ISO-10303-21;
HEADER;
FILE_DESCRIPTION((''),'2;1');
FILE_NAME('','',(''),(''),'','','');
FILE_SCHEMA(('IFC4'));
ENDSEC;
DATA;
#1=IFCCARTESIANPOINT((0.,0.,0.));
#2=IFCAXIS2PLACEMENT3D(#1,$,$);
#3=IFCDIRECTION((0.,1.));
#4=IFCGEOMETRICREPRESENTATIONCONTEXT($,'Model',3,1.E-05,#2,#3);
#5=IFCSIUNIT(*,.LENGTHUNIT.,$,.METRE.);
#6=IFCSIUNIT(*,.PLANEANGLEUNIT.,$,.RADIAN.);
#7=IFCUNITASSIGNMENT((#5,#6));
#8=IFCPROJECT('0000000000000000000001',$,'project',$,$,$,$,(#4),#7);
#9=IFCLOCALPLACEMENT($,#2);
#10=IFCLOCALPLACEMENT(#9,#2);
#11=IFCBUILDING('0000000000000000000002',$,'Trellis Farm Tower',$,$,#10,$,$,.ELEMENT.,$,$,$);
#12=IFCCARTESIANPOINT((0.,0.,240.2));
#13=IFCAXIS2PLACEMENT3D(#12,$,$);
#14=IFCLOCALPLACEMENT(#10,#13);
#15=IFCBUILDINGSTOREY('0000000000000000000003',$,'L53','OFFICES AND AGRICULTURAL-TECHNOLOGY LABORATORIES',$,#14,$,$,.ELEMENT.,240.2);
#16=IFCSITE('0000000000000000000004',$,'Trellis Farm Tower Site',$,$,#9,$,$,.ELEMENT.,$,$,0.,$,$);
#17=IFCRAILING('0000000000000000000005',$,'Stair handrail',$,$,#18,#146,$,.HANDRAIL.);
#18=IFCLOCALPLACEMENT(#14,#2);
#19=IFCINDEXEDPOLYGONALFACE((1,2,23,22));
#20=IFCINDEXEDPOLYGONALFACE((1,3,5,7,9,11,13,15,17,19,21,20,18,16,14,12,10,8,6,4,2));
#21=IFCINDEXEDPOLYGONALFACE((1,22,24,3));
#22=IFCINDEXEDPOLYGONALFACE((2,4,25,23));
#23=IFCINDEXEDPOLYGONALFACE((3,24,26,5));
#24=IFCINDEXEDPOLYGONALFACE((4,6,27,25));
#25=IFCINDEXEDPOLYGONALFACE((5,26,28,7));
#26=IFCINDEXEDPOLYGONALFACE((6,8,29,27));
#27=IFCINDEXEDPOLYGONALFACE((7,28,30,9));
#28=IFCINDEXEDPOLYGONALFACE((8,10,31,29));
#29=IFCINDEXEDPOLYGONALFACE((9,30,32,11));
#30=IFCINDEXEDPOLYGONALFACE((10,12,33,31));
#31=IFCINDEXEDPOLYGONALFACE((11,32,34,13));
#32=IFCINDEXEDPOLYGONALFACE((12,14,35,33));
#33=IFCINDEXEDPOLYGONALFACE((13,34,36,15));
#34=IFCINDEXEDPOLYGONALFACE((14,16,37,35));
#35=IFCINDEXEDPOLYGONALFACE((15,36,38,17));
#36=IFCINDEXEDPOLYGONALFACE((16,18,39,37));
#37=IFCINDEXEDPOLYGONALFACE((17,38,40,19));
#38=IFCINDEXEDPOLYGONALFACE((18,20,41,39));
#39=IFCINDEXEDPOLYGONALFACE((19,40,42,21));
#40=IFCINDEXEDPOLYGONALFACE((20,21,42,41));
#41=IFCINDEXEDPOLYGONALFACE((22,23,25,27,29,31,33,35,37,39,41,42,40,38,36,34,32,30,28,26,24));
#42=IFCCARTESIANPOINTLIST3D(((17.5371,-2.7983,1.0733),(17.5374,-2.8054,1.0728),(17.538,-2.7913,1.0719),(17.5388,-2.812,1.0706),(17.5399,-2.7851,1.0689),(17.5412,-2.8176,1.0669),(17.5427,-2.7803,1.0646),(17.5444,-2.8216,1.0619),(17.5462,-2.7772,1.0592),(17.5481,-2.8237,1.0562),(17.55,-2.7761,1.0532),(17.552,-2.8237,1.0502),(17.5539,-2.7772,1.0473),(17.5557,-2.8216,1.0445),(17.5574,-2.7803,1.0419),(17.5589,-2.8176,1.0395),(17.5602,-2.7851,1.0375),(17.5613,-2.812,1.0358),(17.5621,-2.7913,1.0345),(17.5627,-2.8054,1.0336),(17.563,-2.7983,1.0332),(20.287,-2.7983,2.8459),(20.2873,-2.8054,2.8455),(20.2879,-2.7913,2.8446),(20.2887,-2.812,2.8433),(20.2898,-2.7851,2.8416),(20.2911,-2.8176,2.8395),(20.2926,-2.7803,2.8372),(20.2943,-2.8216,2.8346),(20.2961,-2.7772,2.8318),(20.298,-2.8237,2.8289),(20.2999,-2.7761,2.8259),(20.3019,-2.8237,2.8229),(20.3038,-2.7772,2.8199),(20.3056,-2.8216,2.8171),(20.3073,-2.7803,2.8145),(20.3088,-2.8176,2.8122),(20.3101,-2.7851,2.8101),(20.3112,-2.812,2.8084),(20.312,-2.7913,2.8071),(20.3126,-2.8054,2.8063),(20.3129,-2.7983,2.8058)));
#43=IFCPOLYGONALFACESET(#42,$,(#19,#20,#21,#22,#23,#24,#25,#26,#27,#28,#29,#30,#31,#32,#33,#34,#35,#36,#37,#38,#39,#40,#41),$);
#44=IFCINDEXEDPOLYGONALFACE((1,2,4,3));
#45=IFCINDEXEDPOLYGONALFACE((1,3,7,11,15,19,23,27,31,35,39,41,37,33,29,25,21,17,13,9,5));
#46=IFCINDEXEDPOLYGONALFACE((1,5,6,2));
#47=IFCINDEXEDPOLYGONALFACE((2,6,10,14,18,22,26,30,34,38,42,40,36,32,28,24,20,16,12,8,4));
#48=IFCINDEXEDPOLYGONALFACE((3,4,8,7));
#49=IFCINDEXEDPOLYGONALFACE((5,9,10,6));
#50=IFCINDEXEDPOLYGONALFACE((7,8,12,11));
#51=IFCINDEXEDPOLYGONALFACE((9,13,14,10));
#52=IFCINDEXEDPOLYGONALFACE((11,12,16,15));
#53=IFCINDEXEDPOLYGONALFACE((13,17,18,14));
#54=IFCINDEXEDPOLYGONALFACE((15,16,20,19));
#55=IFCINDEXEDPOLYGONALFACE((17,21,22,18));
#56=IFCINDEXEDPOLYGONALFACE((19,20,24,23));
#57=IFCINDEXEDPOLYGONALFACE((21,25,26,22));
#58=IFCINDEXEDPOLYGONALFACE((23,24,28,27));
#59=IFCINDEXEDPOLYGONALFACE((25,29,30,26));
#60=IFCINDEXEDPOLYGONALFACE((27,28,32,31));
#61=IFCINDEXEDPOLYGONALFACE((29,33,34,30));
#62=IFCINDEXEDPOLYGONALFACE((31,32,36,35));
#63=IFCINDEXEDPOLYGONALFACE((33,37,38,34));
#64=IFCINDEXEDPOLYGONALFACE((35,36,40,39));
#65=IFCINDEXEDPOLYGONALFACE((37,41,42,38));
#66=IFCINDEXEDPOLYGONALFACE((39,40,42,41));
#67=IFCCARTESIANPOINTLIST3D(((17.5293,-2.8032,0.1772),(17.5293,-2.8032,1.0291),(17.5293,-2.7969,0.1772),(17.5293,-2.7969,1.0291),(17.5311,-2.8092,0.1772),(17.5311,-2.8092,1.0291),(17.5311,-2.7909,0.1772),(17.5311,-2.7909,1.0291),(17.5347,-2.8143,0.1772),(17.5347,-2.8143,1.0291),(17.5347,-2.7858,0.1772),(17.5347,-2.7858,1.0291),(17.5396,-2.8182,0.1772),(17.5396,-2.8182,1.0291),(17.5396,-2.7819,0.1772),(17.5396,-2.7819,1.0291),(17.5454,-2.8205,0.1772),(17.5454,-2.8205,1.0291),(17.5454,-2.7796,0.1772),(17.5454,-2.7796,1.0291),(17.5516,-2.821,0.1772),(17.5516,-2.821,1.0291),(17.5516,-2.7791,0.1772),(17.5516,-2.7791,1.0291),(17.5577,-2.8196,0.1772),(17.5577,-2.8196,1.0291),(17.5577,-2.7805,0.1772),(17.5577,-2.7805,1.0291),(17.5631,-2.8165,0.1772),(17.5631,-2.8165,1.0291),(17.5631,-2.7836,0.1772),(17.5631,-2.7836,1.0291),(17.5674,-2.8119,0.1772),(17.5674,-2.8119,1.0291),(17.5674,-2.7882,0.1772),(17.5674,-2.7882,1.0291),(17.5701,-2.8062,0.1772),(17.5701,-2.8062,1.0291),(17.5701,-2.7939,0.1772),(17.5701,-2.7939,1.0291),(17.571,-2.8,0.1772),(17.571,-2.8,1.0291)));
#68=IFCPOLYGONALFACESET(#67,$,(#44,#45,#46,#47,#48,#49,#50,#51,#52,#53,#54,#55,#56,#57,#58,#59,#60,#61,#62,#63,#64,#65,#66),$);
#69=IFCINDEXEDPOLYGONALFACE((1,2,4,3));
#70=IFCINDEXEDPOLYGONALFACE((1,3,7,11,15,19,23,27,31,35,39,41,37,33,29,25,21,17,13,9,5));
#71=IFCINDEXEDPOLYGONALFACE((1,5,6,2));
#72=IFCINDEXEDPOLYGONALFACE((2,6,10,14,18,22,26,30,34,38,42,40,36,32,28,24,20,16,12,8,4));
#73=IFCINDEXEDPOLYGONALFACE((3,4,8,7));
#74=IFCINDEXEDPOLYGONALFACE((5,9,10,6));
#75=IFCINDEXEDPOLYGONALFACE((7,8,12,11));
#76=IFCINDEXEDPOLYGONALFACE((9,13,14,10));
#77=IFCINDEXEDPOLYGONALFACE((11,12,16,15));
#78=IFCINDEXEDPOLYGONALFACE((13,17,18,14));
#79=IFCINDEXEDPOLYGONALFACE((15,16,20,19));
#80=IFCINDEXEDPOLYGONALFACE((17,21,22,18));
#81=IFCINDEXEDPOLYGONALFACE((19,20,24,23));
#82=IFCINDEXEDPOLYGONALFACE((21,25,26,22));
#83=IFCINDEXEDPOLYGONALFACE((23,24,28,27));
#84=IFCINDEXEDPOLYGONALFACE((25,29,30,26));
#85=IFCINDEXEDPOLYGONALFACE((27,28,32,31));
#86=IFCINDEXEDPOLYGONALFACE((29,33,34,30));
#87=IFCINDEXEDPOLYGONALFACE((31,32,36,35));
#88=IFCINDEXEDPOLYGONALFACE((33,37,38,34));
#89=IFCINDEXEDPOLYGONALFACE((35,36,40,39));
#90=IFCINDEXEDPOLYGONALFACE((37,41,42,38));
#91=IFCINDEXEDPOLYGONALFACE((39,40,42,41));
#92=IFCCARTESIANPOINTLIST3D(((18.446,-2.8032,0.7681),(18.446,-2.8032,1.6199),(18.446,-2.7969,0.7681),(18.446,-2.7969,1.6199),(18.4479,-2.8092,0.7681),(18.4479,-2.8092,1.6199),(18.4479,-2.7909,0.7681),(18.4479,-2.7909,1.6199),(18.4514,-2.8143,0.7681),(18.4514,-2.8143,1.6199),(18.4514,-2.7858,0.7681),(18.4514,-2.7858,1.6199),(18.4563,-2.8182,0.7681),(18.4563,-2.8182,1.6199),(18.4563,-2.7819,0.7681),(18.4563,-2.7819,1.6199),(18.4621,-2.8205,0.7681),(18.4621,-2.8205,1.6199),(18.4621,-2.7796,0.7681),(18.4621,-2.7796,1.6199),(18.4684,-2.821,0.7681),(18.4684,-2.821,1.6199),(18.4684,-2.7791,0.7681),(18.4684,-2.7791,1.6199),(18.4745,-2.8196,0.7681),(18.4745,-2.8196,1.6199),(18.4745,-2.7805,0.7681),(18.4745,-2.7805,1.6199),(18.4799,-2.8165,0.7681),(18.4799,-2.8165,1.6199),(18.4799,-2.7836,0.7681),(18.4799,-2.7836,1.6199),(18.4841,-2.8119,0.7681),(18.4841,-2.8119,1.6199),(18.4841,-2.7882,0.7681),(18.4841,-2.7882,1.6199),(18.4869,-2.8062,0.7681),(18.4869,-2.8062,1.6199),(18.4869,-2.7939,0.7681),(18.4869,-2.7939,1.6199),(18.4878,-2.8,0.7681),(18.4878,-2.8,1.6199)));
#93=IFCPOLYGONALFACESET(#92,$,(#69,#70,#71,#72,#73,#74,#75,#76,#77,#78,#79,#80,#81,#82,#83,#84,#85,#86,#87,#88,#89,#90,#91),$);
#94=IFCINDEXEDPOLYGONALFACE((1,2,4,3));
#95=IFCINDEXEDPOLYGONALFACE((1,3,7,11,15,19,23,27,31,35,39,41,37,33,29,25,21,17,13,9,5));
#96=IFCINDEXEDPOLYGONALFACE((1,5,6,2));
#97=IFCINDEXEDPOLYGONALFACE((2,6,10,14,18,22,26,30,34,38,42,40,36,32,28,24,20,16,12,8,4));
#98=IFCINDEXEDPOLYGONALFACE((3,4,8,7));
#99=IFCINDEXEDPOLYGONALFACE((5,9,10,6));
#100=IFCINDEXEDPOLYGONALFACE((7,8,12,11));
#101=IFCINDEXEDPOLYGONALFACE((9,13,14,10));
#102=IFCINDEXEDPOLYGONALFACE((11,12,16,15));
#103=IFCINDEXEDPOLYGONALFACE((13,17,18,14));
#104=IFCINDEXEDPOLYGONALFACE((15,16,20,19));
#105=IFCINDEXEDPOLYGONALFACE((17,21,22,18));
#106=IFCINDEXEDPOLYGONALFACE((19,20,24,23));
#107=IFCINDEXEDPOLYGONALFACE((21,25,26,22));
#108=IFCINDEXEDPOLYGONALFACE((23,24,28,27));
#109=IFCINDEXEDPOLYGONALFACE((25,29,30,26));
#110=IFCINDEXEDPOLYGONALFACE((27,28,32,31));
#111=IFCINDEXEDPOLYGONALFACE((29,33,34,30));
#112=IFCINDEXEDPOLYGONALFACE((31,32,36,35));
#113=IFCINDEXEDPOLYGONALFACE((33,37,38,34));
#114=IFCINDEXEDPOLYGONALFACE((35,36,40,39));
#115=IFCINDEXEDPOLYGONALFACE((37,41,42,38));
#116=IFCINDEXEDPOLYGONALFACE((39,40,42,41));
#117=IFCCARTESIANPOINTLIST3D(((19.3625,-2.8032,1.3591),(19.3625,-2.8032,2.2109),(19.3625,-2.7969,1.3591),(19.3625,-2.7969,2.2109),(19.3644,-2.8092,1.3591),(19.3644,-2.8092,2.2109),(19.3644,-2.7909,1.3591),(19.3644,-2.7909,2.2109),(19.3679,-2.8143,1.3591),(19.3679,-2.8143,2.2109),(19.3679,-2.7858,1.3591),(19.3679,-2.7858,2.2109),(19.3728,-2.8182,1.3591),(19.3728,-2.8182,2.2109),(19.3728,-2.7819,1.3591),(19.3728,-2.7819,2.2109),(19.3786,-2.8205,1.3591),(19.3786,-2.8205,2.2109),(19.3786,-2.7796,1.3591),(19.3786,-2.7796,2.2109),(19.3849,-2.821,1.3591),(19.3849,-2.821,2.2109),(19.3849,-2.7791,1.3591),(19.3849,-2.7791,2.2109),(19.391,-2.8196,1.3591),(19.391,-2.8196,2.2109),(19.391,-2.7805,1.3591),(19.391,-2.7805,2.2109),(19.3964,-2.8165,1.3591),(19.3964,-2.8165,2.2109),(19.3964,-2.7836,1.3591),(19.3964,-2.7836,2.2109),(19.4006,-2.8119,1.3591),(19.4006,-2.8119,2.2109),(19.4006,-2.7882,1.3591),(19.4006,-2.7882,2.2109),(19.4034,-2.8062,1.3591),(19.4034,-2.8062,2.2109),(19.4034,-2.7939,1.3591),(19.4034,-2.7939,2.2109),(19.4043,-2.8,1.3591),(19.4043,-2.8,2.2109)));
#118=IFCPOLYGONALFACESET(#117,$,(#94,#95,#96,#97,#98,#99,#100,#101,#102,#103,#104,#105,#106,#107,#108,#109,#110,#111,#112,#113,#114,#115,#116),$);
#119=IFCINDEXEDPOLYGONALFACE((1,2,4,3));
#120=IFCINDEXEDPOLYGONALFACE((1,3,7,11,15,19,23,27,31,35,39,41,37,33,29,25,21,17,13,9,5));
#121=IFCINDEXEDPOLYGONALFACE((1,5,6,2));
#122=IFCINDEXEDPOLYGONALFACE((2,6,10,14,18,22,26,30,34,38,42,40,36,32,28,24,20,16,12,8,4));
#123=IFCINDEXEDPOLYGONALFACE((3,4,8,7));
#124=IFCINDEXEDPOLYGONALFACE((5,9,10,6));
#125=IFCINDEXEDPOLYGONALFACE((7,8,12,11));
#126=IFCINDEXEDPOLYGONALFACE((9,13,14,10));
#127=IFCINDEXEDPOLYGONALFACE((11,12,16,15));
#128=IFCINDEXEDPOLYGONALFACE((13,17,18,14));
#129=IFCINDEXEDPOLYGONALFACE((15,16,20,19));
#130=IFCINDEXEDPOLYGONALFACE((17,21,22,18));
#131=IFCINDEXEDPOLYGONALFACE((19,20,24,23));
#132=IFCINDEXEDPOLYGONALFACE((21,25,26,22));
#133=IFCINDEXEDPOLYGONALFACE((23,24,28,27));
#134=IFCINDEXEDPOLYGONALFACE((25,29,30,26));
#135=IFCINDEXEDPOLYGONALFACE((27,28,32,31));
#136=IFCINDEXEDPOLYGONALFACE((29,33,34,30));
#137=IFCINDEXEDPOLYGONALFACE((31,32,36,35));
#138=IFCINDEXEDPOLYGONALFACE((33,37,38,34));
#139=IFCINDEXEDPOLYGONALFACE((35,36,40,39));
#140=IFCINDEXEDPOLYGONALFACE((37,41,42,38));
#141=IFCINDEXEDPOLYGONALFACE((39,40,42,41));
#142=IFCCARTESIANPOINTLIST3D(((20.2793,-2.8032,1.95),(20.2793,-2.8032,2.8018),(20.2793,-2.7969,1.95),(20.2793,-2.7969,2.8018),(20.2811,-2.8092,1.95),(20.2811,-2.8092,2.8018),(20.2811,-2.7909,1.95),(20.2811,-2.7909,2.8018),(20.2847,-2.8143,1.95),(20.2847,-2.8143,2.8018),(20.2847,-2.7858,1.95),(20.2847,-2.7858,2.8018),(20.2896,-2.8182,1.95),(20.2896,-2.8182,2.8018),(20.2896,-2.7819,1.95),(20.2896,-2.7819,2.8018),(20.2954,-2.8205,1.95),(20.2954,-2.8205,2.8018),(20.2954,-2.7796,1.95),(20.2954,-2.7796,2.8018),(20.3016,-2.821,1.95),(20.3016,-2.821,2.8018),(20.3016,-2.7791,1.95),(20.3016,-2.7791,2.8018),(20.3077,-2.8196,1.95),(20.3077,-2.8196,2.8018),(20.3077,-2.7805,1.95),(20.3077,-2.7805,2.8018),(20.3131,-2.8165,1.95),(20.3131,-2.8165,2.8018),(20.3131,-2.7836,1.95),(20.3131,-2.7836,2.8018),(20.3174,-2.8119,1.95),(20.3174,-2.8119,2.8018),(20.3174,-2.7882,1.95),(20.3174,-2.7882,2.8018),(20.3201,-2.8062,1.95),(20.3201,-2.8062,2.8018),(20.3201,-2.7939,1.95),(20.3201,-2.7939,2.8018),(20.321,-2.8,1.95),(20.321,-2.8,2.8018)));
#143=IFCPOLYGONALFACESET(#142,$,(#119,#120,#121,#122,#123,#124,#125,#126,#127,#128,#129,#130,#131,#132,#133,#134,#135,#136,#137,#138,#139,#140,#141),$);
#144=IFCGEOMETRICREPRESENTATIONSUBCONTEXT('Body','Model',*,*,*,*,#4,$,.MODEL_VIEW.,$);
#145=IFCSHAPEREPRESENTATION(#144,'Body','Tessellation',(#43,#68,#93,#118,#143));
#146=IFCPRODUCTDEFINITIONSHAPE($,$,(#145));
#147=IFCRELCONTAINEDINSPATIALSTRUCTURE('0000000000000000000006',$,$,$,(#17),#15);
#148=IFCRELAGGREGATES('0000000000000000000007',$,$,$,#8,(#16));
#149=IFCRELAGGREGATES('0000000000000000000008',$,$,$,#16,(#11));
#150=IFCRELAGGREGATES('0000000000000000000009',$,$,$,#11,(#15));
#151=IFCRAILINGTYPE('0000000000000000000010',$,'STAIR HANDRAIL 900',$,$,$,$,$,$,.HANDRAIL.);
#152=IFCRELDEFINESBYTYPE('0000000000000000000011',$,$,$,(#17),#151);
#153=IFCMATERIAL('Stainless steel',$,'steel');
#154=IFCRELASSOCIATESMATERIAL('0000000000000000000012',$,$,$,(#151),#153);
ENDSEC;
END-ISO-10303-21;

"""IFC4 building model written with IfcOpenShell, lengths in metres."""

from ifc_helpers import new_model, si_unit, direction, frame, origin, origin_2d, place, context, subcontext, project, spatial, circle, extrude, source, transform, mapped, material, type_object, element, save


model = new_model("IFC4")

# Units and contexts
model_context = context("Model", 3, precision=1e-05, world=origin(), true_north=direction((0.0, 1.0)))
body_context = subcontext(model_context, "Body", "Model", "MODEL_VIEW")
ifc_project = project(units=[si_unit("LENGTHUNIT", "METRE"), si_unit("PLANEANGLEUNIT", "RADIAN")], contexts=[model_context])

# Site, building, storey
site_placement = place(None, origin())
site = spatial("IfcSite", under=ifc_project, at=site_placement, Name="Trellis Farm Tower Site", CompositionType="ELEMENT", RefElevation=0.0)
building_placement = place(site_placement, origin())
building = spatial("IfcBuilding", under=site, at=building_placement, Name="Trellis Farm Tower", CompositionType="ELEMENT")
storey_placement = place(building_placement, frame((0.0, 0.0, 240.2)))
storey = spatial("IfcBuildingStorey", under=building, at=storey_placement, Name="L53", Description="OFFICES AND AGRICULTURAL-TECHNOLOGY LABORATORIES", CompositionType="ELEMENT", Elevation=240.2)

# Railing
ifc_material_1 = material(Name="Stainless steel", Category="steel")
railing_type = type_object("IfcRailingType", Name="STAIR HANDRAIL 900", PredefinedType="HANDRAIL", material=ifc_material_1)
shared_shape_1 = source(origin(), body_context, "Body", "SweptSolid", [
    extrude(circle(Radius=0.0239, at=origin_2d()), frame((0.0, 0.0, 0.876), z_axis=(0.840504, 0.0, 0.541806), x_axis=(0.0, 1.0, 0.0)), (0.0, 0.0, 1.0), 3.2717),
    extrude(circle(Radius=0.021, at=origin_2d()), origin(), (0.0, 0.0, 1.0), 0.8518),
    extrude(circle(Radius=0.021, at=origin_2d()), frame((0.9167, 0.0, 0.5908)), (0.0, 0.0, 1.0), 0.8518),
    extrude(circle(Radius=0.021, at=origin_2d()), frame((1.8333, 0.0, 1.1819)), (0.0, 0.0, 1.0), 0.8518),
    extrude(circle(Radius=0.021, at=origin_2d()), frame((2.75, 0.0, 1.7727)), (0.0, 0.0, 1.0), 0.8518),
])
railing_placement = place(storey_placement, frame((17.55, -2.8, 0.1772)))
element("IfcRailing", 1, at=railing_placement, inside=storey, type_object=railing_type, Name="Stair handrail", PredefinedType="HANDRAIL", context=body_context, shape_type="MappedRepresentation", body=[
    mapped(shared_shape_1, transform((0.0, 0.0, 0.0))),
])

save(model, "model.ifc")
